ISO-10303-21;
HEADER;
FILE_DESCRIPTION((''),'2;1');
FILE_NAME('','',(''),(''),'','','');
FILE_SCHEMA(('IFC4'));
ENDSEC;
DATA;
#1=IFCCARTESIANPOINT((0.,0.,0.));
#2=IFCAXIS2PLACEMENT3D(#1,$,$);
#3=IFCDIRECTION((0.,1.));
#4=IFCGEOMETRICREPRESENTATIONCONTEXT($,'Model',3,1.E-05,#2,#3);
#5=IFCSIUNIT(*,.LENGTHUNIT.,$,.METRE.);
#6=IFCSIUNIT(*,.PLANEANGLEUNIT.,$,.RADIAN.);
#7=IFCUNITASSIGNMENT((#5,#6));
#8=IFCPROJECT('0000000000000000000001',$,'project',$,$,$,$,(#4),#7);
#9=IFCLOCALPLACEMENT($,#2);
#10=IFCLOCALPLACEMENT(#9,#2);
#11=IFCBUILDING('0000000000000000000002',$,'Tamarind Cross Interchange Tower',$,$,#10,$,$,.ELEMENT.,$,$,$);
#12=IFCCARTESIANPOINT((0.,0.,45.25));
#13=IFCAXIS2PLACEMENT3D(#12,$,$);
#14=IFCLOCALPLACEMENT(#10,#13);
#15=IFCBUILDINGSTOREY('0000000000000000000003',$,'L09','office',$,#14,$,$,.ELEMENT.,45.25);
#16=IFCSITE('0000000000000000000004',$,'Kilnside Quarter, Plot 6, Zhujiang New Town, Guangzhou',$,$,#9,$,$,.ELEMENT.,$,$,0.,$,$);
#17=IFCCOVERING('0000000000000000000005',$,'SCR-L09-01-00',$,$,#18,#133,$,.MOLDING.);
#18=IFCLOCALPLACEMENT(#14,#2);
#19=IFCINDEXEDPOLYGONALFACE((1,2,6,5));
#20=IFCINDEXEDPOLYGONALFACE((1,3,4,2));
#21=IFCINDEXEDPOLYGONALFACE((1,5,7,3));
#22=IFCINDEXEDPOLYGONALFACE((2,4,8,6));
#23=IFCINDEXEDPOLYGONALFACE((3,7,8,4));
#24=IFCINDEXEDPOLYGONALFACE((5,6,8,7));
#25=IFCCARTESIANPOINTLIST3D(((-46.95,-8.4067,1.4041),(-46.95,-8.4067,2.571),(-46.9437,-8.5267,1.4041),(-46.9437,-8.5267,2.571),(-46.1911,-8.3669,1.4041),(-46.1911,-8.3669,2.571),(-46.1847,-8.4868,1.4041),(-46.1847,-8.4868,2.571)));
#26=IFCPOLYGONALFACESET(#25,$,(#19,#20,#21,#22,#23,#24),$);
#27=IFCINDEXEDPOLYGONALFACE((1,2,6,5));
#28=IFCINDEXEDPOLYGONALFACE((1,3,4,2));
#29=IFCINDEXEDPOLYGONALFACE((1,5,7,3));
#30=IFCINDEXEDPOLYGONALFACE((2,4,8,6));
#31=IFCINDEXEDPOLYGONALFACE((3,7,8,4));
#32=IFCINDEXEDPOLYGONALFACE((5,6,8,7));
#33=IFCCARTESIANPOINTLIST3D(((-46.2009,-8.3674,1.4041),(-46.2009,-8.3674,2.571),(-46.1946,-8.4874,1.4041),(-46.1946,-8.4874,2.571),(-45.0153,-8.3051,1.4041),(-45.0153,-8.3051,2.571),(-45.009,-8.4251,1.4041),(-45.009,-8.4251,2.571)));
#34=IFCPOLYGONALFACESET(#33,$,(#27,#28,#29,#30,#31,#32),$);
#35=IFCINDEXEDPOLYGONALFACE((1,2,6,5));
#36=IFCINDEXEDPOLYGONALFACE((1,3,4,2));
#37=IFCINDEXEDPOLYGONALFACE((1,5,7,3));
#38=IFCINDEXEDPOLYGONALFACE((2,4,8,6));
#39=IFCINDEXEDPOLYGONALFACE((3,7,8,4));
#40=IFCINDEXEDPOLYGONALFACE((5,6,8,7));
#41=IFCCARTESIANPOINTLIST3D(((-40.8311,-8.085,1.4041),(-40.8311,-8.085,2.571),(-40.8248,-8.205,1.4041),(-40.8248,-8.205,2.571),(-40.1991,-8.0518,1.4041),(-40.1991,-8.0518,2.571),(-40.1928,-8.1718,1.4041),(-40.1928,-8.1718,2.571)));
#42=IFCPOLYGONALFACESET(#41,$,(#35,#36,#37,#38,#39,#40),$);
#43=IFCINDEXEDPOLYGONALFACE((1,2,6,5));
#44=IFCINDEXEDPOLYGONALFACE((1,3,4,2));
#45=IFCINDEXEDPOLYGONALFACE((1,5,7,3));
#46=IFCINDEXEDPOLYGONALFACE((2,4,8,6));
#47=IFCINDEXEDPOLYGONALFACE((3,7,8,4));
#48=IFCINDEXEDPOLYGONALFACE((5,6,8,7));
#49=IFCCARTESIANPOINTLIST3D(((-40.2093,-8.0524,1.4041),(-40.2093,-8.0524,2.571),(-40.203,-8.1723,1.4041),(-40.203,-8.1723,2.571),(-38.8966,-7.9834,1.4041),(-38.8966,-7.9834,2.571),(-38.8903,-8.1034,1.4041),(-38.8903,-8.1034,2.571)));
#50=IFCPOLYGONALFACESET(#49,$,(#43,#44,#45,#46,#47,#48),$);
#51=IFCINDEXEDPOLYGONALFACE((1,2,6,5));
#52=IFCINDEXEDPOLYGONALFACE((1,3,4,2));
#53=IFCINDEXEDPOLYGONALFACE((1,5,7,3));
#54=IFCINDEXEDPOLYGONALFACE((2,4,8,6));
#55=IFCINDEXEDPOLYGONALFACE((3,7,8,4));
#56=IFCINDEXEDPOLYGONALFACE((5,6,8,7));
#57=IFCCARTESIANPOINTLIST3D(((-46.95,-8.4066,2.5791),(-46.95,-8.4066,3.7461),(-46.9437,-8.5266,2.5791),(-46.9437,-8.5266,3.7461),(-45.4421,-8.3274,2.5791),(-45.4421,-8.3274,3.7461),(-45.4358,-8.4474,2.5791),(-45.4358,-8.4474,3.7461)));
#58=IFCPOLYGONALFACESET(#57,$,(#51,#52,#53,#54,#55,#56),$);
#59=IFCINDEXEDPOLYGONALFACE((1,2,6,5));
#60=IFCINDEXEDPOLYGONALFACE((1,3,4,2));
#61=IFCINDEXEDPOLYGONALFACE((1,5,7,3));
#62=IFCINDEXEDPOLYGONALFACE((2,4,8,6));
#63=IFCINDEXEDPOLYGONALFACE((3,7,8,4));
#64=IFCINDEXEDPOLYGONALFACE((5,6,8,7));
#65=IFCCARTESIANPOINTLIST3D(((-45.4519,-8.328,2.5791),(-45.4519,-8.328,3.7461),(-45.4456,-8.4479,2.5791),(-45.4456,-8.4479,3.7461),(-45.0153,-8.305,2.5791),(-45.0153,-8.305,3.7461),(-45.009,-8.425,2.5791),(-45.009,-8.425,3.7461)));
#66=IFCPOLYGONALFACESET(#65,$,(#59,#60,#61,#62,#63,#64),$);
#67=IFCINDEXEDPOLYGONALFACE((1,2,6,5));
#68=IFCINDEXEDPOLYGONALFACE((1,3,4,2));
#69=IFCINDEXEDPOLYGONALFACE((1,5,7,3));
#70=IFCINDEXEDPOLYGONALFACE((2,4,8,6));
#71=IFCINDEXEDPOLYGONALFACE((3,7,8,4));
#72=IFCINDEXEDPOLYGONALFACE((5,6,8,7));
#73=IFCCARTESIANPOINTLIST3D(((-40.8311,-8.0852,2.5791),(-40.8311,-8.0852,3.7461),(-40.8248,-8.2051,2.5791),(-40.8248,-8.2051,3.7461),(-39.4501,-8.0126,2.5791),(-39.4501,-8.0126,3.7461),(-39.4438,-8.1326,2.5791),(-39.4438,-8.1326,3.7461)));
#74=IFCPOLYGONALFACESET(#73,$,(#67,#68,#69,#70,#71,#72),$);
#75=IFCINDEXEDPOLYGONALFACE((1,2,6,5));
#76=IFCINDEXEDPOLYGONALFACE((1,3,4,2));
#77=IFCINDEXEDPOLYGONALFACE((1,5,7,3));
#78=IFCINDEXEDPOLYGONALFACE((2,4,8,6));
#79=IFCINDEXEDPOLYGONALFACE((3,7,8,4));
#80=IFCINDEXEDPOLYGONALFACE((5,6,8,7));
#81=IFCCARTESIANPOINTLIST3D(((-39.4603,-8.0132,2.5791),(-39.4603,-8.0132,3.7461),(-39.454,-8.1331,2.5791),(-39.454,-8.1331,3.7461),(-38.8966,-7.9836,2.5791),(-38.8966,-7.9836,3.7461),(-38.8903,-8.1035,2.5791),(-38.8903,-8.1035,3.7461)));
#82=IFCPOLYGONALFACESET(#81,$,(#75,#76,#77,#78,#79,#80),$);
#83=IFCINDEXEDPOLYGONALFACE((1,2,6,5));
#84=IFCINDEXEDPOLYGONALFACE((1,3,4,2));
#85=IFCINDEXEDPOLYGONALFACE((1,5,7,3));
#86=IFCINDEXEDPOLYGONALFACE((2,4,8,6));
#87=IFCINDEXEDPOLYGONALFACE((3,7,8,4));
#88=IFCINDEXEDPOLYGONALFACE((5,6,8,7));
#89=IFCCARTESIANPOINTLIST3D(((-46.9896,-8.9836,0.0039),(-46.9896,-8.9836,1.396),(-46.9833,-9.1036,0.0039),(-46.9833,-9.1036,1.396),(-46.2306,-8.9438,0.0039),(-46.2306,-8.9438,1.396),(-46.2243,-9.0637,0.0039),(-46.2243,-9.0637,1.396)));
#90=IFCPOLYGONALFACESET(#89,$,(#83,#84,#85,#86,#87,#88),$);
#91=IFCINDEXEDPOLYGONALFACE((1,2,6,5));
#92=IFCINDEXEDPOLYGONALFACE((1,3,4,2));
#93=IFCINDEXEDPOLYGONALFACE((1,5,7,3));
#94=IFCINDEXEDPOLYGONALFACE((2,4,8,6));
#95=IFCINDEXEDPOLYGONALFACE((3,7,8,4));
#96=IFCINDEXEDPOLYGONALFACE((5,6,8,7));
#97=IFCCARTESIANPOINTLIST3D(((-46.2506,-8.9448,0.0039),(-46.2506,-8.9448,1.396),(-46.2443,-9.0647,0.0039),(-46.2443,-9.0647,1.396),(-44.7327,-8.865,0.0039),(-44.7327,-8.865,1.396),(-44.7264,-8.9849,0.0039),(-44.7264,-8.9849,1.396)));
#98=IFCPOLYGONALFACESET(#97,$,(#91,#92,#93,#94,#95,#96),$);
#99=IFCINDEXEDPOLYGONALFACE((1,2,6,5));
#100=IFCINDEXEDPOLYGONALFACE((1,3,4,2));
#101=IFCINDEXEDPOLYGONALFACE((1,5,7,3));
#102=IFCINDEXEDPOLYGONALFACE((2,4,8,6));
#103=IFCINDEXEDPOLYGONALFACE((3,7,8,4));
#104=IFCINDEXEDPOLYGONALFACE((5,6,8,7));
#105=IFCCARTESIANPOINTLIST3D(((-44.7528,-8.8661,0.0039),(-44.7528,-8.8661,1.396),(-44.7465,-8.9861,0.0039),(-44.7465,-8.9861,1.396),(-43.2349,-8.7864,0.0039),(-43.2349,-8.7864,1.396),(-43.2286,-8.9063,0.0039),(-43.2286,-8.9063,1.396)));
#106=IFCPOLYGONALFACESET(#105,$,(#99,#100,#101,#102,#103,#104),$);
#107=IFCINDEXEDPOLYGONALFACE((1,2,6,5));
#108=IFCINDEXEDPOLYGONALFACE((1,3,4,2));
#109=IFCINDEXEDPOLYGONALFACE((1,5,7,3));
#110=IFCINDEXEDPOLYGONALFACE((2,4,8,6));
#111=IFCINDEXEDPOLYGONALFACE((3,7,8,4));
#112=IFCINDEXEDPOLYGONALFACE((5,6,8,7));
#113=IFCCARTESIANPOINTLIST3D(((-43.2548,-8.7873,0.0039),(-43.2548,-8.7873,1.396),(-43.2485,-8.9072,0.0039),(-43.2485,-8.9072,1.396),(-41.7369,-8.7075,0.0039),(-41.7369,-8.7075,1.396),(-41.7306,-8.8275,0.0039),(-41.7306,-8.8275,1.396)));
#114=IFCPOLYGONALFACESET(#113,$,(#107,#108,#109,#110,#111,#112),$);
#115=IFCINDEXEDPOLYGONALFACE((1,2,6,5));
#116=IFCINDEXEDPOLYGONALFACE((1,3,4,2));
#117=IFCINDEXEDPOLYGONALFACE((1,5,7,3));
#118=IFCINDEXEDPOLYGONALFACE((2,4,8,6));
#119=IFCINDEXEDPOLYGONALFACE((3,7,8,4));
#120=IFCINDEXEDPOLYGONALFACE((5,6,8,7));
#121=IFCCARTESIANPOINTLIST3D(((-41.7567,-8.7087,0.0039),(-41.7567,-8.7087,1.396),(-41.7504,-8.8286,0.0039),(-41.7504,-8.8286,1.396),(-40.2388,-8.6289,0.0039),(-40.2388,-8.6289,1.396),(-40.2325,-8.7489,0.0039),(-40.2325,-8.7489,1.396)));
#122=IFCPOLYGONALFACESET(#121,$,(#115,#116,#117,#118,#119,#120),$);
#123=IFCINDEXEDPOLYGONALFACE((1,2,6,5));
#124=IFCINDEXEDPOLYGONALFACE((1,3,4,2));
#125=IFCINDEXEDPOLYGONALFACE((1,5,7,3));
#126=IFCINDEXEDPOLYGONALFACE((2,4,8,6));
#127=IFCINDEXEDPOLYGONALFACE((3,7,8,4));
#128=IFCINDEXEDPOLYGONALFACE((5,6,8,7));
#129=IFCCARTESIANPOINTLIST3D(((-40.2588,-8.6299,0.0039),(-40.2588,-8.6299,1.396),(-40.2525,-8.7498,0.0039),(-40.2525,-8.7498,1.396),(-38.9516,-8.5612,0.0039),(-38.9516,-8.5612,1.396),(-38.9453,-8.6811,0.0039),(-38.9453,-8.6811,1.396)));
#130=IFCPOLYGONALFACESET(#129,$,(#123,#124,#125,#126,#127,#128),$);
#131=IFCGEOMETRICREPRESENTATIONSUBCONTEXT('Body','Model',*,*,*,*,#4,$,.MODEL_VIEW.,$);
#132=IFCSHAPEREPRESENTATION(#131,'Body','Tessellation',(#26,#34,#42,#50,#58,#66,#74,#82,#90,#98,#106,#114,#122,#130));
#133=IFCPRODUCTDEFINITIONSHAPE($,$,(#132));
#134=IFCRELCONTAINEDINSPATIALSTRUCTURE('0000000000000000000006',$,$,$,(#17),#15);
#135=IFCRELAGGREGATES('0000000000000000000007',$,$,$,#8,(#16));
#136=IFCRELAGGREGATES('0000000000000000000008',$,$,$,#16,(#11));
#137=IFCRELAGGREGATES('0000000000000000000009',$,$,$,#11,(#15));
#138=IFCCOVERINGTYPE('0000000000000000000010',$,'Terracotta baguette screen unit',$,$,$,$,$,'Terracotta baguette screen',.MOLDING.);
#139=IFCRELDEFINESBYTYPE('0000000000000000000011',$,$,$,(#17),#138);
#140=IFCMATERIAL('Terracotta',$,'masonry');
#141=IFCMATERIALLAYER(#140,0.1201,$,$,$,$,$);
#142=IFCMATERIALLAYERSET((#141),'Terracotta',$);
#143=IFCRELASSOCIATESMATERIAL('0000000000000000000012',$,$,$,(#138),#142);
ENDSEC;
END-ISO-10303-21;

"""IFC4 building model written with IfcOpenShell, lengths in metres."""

from ifc_helpers import new_model, si_unit, direction, frame, origin, origin_2d, place, context, subcontext, project, spatial, rectangle, extrude, material, layer, layer_set, type_object, element, save


model = new_model("IFC4")

# Units and contexts
model_context = context("Model", 3, precision=1e-05, world=origin(), true_north=direction((0.0, 1.0)))
body_context = subcontext(model_context, "Body", "Model", "MODEL_VIEW")
ifc_project = project(units=[si_unit("LENGTHUNIT", "METRE"), si_unit("PLANEANGLEUNIT", "RADIAN")], contexts=[model_context])

# Site, building, storey
site_placement = place(None, origin())
site = spatial("IfcSite", under=ifc_project, at=site_placement, Name="Kilnside Quarter, Plot 6, Zhujiang New Town, Guangzhou", CompositionType="ELEMENT", RefElevation=0.0)
building_placement = place(site_placement, origin())
building = spatial("IfcBuilding", under=site, at=building_placement, Name="Tamarind Cross Interchange Tower", CompositionType="ELEMENT")
storey_placement = place(building_placement, frame((0.0, 0.0, 45.25)))
storey = spatial("IfcBuildingStorey", under=building, at=storey_placement, Name="L09", Description="office", CompositionType="ELEMENT", Elevation=45.25)

# Covering
ifc_material_1 = material(Name="Terracotta", Category="masonry")
ifc_layer_1 = layer(ifc_material_1, 0.1201)
ifc_layer_set_1 = layer_set([ifc_layer_1], Name="Terracotta")
covering_type = type_object("IfcCoveringType", Name="Terracotta baguette screen unit", ElementType="Terracotta baguette screen", PredefinedType="MOLDING", material=ifc_layer_set_1)
covering_1_placement = place(storey_placement, origin())
element("IfcCovering", 1, at=covering_1_placement, inside=storey, type_object=covering_type, Name="SCR-L09-01-00", PredefinedType="MOLDING", context=body_context, shape_type="SweptSolid", body=[
    extrude(rectangle(XDim=0.76, YDim=0.1201, at=origin_2d()), frame((-46.5674, -8.4468, 1.4041), z_axis=(0.0, 0.0, 1.0), x_axis=(0.998622, 0.052478, 0.0)), (0.0, 0.0, 1.0), 1.167),
    extrude(rectangle(XDim=1.1873, YDim=0.1201, at=origin_2d()), frame((-45.605, -8.3962, 1.4041), z_axis=(0.0, 0.0, 1.0), x_axis=(0.998622, 0.052478, 0.0)), (0.0, 0.0, 1.0), 1.167),
    extrude(rectangle(XDim=0.6328, YDim=0.1201, at=origin_2d()), frame((-40.512, -8.1284, 1.4041), z_axis=(0.0, 0.0, 1.0), x_axis=(0.998622, 0.052478, 0.0)), (0.0, 0.0, 1.0), 1.167),
    extrude(rectangle(XDim=1.3145, YDim=0.1201, at=origin_2d()), frame((-39.5498, -8.0779, 1.4041), z_axis=(0.0, 0.0, 1.0), x_axis=(0.998622, 0.052478, 0.0)), (0.0, 0.0, 1.0), 1.167),
    extrude(rectangle(XDim=1.51, YDim=0.1201, at=origin_2d()), frame((-46.1929, -8.427, 2.5791), z_axis=(0.0, 0.0, 1.0), x_axis=(0.998622, 0.052478, 0.0)), (0.0, 0.0, 1.0), 1.167),
    extrude(rectangle(XDim=0.4373, YDim=0.1201, at=origin_2d()), frame((-45.2305, -8.3765, 2.5791), z_axis=(0.0, 0.0, 1.0), x_axis=(0.998622, 0.052478, 0.0)), (0.0, 0.0, 1.0), 1.167),
    extrude(rectangle(XDim=1.3828, YDim=0.1201, at=origin_2d()), frame((-40.1375, -8.1089, 2.5791), z_axis=(0.0, 0.0, 1.0), x_axis=(0.998622, 0.052478, 0.0)), (0.0, 0.0, 1.0), 1.167),
    extrude(rectangle(XDim=0.5645, YDim=0.1201, at=origin_2d()), frame((-39.1753, -8.0583, 2.5791), z_axis=(0.0, 0.0, 1.0), x_axis=(0.998622, 0.052478, 0.0)), (0.0, 0.0, 1.0), 1.167),
    extrude(rectangle(XDim=0.76, YDim=0.1201, at=origin_2d()), frame((-46.6069, -9.0237, 0.0039), z_axis=(0.0, 0.0, 1.0), x_axis=(0.998622, 0.052478, 0.0)), (0.0, 0.0, 1.0), 1.3921),
    extrude(rectangle(XDim=1.52, YDim=0.1201, at=origin_2d()), frame((-45.4885, -8.9648, 0.0039), z_axis=(0.0, 0.0, 1.0), x_axis=(0.998622, 0.052478, 0.0)), (0.0, 0.0, 1.0), 1.3921),
    extrude(rectangle(XDim=1.52, YDim=0.1201, at=origin_2d()), frame((-43.9907, -8.8862, 0.0039), z_axis=(0.0, 0.0, 1.0), x_axis=(0.998622, 0.052478, 0.0)), (0.0, 0.0, 1.0), 1.3921),
    extrude(rectangle(XDim=1.52, YDim=0.1201, at=origin_2d()), frame((-42.4927, -8.8074, 0.0039), z_axis=(0.0, 0.0, 1.0), x_axis=(0.998622, 0.052478, 0.0)), (0.0, 0.0, 1.0), 1.3921),
    extrude(rectangle(XDim=1.52, YDim=0.1201, at=origin_2d()), frame((-40.9946, -8.7288, 0.0039), z_axis=(0.0, 0.0, 1.0), x_axis=(0.998622, 0.052478, 0.0)), (0.0, 0.0, 1.0), 1.3921),
    extrude(rectangle(XDim=1.3091, YDim=0.1201, at=origin_2d()), frame((-39.6021, -8.6555, 0.0039), z_axis=(0.0, 0.0, 1.0), x_axis=(0.998622, 0.052478, 0.0)), (0.0, 0.0, 1.0), 1.3921),
])

save(model, "model.ifc")
